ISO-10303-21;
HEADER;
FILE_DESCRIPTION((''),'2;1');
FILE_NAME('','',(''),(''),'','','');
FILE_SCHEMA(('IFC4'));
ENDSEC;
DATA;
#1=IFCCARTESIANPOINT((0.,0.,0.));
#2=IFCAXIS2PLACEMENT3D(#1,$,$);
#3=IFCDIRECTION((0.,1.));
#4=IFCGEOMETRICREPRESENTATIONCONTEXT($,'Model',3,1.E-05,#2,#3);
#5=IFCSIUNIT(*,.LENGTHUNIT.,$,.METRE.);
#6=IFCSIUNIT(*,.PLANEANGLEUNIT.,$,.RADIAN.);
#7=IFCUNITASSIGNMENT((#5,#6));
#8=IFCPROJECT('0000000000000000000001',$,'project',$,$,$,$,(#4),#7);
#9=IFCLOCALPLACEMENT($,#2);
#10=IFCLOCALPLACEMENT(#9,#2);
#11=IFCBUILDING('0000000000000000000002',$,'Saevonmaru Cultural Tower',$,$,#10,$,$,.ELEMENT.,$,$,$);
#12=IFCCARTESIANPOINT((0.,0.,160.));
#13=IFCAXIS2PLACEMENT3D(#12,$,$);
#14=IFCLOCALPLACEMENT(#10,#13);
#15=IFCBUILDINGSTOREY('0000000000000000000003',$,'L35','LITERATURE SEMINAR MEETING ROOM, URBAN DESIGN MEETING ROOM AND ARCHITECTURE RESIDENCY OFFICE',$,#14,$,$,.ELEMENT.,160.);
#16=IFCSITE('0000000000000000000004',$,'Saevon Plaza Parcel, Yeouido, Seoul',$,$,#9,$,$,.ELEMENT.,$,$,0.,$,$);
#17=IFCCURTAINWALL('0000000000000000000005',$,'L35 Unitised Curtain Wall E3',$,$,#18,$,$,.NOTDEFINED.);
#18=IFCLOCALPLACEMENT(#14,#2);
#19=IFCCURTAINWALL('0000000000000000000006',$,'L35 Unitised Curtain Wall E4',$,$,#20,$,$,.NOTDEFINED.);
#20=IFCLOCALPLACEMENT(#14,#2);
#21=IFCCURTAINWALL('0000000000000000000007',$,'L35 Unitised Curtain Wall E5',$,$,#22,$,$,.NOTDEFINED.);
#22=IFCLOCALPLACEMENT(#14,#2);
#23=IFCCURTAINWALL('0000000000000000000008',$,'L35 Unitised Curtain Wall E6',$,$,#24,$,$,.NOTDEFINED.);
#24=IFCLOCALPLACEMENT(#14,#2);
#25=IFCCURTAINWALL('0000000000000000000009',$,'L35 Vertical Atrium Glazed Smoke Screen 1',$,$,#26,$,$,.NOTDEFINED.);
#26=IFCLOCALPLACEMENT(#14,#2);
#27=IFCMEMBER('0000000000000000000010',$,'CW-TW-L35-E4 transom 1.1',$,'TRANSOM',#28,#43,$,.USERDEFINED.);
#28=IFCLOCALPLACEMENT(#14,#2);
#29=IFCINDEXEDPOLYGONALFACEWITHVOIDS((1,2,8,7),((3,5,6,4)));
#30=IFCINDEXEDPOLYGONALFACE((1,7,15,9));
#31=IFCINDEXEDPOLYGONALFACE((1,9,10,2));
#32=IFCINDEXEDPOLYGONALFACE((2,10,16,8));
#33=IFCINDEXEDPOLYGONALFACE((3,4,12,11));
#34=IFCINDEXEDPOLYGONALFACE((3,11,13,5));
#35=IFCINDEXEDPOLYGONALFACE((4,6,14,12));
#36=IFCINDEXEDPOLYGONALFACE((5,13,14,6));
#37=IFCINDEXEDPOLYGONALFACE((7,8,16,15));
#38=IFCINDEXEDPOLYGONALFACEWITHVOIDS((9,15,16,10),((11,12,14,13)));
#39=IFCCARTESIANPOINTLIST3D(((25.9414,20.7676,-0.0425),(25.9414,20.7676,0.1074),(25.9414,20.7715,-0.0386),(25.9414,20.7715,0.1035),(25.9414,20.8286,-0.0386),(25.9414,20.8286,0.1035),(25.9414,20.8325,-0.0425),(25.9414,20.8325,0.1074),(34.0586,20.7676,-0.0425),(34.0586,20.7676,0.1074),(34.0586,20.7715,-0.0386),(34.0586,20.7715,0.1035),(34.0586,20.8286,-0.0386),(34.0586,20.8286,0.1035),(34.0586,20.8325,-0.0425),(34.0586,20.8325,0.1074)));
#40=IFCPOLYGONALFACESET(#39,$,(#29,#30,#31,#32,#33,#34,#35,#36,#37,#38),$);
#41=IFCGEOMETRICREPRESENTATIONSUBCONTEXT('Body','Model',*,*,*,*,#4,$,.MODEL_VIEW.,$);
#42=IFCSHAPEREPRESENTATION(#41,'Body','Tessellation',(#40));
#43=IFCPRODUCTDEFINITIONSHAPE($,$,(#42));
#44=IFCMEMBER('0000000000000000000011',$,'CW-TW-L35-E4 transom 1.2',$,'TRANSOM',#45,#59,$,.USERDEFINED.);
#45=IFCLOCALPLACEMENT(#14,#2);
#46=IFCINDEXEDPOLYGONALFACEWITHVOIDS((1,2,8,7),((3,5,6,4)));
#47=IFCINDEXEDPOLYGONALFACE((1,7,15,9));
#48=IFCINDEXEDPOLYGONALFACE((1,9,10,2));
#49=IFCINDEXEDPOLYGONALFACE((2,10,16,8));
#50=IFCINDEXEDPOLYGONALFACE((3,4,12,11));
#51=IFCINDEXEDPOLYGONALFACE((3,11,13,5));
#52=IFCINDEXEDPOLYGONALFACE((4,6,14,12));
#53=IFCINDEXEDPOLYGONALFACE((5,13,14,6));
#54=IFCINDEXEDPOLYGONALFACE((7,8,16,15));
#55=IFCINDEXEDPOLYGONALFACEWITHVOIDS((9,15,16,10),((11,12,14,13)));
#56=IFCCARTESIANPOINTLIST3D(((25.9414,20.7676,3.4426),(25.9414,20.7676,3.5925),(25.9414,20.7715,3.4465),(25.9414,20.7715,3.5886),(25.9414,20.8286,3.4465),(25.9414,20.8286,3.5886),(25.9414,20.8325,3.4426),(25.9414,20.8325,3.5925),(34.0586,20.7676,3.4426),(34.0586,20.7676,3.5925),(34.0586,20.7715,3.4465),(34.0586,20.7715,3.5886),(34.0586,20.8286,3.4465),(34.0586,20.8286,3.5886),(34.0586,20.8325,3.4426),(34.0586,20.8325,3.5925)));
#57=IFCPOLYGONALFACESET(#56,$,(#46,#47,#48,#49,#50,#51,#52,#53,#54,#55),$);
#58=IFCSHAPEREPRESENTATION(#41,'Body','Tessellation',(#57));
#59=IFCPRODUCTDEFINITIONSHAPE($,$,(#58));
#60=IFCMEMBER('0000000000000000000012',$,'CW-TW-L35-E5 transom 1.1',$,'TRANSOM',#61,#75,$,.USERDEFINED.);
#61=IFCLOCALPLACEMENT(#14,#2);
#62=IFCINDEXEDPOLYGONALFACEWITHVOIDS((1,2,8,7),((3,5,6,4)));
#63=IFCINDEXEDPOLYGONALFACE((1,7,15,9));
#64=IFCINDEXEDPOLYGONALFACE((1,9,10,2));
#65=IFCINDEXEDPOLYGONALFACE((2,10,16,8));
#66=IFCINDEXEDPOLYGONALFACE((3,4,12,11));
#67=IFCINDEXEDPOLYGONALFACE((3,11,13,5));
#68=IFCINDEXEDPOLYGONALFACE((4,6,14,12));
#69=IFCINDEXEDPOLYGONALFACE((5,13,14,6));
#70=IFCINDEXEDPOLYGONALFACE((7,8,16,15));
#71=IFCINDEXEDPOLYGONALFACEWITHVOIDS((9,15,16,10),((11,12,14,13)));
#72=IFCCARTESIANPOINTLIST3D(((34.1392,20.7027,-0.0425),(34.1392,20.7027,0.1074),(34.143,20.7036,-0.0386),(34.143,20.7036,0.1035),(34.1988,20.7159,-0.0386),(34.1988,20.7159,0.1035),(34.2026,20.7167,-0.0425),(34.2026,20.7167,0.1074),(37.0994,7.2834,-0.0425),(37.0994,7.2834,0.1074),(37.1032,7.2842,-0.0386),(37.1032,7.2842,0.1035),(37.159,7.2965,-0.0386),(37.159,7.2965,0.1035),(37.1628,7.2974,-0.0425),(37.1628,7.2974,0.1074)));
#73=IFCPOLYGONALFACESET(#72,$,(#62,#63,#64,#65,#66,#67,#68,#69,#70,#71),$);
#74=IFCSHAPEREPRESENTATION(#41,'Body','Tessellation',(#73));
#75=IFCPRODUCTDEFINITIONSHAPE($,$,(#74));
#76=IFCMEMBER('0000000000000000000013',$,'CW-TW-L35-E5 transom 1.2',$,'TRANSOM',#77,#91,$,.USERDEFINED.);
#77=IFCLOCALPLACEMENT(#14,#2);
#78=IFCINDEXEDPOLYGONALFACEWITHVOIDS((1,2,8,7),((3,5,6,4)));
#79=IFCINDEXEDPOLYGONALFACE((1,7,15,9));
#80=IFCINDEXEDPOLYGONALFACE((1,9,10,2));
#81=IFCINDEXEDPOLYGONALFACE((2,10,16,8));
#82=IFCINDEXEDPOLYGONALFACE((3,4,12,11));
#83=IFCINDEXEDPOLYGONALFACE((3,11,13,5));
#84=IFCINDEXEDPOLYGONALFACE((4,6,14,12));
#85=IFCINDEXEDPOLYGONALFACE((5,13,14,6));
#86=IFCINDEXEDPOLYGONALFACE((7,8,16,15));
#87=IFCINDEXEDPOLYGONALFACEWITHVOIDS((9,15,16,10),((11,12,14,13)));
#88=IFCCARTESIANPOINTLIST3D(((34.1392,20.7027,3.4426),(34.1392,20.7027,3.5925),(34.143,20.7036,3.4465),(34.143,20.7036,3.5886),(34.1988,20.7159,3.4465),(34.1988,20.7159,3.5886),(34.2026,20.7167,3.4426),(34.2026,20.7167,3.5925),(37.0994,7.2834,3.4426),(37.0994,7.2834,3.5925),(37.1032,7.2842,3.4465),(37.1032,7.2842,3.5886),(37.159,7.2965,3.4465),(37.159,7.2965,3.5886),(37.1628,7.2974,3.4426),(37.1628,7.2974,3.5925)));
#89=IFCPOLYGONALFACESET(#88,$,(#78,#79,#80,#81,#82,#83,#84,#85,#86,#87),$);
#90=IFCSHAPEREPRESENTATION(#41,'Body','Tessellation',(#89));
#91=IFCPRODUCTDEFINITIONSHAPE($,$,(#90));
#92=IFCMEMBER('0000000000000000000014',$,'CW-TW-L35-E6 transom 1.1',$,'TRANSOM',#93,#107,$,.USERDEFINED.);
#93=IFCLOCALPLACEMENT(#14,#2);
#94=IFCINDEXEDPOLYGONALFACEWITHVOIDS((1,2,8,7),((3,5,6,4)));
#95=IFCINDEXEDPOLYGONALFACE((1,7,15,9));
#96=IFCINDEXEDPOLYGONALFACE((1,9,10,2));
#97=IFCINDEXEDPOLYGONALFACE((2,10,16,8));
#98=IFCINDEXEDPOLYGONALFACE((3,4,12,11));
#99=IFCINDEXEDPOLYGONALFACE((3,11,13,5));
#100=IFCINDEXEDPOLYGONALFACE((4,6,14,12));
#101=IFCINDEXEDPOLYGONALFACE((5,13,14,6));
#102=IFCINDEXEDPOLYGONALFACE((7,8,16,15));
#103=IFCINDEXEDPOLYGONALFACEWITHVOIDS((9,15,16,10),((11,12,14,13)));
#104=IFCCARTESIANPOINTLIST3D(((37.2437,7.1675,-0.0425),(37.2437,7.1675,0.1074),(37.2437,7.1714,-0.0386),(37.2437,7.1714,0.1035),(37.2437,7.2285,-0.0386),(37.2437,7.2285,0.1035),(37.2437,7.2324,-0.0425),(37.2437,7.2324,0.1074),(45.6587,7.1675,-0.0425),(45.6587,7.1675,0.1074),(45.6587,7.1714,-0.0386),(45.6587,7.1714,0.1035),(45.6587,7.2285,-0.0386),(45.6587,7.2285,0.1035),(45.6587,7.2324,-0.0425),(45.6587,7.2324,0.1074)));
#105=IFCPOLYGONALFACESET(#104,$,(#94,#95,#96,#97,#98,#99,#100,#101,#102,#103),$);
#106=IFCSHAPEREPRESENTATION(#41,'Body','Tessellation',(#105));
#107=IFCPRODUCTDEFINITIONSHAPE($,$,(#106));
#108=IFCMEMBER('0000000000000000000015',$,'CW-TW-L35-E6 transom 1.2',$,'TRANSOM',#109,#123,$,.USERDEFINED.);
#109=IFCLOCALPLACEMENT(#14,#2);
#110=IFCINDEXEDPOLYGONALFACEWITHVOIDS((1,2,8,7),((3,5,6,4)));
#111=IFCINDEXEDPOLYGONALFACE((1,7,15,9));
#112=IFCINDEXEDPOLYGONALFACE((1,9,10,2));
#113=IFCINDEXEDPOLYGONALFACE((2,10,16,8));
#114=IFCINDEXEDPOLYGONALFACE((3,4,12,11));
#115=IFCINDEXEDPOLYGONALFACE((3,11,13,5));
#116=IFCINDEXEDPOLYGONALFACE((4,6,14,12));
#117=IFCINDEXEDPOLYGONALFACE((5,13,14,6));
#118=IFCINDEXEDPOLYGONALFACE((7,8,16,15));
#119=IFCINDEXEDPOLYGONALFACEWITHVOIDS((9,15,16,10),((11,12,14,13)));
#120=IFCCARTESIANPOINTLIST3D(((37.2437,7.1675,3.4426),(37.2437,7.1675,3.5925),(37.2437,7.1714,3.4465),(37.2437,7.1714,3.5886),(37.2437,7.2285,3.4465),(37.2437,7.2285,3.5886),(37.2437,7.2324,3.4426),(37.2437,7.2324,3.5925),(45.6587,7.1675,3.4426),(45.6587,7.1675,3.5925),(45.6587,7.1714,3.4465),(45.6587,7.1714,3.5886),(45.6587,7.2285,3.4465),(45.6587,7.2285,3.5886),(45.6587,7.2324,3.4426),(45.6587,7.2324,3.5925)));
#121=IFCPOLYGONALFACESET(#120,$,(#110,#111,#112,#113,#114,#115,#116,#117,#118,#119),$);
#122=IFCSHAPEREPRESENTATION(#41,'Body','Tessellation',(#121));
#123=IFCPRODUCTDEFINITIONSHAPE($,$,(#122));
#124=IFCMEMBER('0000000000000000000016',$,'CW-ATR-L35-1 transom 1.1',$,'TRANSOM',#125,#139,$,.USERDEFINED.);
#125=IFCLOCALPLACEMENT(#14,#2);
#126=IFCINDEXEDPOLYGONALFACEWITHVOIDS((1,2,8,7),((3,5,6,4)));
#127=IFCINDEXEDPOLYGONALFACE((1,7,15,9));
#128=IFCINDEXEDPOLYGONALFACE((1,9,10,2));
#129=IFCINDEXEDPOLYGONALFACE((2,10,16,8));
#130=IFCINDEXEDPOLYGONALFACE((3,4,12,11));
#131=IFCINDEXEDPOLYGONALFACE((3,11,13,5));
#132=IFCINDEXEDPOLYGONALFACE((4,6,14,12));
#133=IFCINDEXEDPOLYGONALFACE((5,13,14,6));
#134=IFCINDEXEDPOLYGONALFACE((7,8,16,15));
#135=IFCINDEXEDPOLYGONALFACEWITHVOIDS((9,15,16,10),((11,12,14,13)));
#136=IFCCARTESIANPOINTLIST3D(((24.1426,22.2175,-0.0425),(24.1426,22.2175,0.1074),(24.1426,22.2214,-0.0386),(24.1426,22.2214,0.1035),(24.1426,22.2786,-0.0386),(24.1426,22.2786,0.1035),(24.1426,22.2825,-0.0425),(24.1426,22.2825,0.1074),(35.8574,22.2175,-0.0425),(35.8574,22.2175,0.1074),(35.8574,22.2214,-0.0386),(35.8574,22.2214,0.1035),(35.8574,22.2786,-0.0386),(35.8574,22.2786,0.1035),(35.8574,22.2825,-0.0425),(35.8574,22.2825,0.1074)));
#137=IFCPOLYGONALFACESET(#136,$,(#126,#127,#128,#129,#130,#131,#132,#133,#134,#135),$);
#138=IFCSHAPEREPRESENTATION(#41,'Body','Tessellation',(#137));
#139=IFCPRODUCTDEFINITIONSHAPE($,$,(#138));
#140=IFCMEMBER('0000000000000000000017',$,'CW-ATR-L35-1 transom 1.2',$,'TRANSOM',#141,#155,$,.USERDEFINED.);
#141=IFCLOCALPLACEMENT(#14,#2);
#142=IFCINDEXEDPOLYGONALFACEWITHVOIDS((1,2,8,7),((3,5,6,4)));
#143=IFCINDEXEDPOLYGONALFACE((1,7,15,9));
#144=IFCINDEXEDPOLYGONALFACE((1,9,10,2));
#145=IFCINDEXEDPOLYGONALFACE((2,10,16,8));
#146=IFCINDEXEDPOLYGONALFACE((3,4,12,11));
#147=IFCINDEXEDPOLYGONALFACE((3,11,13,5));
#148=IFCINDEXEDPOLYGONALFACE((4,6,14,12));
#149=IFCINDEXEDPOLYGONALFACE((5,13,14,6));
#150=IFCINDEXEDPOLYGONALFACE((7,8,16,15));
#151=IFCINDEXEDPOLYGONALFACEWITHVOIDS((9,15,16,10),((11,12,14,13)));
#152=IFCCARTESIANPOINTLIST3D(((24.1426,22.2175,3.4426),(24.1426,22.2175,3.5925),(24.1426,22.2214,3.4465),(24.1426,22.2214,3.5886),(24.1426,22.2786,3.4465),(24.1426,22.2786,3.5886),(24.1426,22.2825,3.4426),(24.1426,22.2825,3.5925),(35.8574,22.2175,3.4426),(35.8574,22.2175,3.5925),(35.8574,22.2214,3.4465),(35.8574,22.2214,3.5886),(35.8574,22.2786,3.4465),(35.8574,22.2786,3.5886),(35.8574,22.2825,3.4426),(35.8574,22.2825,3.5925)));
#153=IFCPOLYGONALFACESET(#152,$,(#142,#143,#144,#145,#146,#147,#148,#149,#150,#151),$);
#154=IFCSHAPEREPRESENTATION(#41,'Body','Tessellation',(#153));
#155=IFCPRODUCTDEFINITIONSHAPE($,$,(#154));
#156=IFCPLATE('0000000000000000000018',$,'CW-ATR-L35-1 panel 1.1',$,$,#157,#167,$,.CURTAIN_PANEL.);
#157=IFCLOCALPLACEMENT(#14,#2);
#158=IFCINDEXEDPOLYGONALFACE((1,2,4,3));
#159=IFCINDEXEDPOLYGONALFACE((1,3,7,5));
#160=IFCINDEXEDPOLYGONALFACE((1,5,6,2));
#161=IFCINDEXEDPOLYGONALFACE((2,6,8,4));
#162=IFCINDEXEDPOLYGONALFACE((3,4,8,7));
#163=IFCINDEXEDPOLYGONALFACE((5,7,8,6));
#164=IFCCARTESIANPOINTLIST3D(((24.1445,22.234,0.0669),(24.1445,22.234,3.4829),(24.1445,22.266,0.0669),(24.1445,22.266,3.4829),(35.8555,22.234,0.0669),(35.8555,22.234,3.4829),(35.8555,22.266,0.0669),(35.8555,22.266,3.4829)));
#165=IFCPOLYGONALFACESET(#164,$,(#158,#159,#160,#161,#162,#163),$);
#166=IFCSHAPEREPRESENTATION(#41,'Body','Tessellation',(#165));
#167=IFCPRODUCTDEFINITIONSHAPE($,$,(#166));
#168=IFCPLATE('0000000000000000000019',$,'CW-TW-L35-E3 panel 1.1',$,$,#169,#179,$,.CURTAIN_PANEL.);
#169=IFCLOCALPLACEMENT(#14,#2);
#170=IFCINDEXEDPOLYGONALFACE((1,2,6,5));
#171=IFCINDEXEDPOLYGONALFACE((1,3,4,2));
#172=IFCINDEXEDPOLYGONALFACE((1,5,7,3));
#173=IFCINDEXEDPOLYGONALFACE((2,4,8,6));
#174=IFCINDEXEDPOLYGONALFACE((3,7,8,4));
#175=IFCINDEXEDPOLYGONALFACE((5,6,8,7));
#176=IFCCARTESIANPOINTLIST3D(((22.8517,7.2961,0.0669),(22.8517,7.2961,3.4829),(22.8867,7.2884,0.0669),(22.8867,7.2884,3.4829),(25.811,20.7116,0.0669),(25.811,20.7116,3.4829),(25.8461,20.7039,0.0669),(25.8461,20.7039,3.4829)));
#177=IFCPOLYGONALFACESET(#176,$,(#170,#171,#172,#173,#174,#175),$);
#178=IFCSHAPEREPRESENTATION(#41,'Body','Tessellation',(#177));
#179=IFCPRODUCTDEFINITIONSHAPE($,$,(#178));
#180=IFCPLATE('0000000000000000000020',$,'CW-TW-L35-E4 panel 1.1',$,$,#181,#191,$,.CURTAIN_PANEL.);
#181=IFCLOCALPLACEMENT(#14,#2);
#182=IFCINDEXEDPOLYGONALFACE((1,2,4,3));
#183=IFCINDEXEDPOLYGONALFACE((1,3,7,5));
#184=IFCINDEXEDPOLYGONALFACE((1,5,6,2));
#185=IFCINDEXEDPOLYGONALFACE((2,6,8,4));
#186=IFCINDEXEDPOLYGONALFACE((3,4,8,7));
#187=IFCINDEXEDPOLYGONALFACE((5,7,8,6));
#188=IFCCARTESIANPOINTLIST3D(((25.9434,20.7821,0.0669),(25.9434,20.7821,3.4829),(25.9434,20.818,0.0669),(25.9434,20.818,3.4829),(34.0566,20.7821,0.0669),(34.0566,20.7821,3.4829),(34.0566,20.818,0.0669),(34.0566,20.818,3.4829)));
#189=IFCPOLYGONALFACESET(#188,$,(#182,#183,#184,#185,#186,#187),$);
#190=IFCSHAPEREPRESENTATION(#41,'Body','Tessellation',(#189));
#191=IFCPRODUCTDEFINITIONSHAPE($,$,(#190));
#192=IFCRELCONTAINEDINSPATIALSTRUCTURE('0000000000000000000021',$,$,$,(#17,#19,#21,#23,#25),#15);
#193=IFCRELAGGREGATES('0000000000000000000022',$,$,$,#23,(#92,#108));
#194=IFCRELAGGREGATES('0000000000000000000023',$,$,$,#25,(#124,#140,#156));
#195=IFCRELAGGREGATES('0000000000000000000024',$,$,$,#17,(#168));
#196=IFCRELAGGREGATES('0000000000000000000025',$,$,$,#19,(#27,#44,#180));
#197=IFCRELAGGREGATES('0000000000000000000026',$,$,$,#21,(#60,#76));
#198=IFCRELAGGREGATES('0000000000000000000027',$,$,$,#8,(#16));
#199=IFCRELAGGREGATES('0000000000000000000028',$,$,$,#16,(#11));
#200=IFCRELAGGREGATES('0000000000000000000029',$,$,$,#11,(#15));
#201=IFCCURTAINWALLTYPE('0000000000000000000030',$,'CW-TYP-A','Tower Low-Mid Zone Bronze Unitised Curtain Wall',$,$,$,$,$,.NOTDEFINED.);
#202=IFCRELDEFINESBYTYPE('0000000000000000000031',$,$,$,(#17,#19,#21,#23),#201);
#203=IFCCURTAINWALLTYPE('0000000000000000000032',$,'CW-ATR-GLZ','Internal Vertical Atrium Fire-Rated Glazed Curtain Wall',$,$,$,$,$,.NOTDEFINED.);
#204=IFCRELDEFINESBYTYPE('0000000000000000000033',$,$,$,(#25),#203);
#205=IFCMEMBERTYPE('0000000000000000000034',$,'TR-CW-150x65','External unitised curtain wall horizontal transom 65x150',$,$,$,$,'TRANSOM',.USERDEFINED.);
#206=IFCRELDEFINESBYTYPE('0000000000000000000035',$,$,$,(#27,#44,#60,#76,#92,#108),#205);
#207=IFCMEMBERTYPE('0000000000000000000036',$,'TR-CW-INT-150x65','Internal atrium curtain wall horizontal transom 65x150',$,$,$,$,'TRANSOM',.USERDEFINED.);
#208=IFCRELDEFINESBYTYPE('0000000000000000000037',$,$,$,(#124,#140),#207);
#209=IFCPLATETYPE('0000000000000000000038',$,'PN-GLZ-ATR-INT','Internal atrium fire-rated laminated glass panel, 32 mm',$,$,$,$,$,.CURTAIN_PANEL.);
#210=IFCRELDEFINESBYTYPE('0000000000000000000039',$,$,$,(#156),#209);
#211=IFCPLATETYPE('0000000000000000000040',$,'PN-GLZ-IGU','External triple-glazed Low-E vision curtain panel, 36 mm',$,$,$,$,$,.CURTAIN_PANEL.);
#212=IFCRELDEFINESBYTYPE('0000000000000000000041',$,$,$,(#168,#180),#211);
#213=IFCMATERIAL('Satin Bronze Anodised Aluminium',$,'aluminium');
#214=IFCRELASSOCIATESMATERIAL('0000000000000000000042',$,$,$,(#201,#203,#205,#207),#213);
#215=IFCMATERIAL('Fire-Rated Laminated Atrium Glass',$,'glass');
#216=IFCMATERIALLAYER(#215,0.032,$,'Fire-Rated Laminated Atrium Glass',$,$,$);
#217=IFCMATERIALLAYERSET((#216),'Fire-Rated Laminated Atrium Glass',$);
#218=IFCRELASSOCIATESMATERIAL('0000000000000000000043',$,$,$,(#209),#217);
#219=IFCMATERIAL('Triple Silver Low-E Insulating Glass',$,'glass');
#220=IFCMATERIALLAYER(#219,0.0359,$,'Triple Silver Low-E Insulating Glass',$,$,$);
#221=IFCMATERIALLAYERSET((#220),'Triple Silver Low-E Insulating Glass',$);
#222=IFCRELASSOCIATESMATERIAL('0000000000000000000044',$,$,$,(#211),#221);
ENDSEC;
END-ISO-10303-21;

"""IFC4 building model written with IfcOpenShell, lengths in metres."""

from ifc_helpers import new_model, si_unit, direction, frame, origin, origin_2d, place, context, subcontext, project, spatial, rectangle, hollow_rectangle, extrude, material, layer, layer_set, material_profile, profile_set, type_object, element, aggregate, save


model = new_model("IFC4")

# Units and contexts
model_context = context("Model", 3, precision=1e-05, world=origin(), true_north=direction((0.0, 1.0)))
body_context = subcontext(model_context, "Body", "Model", "MODEL_VIEW")
ifc_project = project(units=[si_unit("LENGTHUNIT", "METRE"), si_unit("PLANEANGLEUNIT", "RADIAN")], contexts=[model_context])

# Site, building, storey
site_placement = place(None, origin())
site = spatial("IfcSite", under=ifc_project, at=site_placement, Name="Saevon Plaza Parcel, Yeouido, Seoul", CompositionType="ELEMENT", RefElevation=0.0)
building_placement = place(site_placement, origin())
building = spatial("IfcBuilding", under=site, at=building_placement, Name="Saevonmaru Cultural Tower", CompositionType="ELEMENT")
storey_placement = place(building_placement, frame((0.0, 0.0, 160.0)))
storey = spatial("IfcBuildingStorey", under=building, at=storey_placement, Name="L35", Description="LITERATURE SEMINAR MEETING ROOM, URBAN DESIGN MEETING ROOM AND ARCHITECTURE RESIDENCY OFFICE", CompositionType="ELEMENT", Elevation=160.0)

# Curtain wall
ifc_material_1 = material(Name="Satin Bronze Anodised Aluminium", Category="aluminium")
curtain_wall_type_1 = type_object("IfcCurtainWallType", Name="CW-TYP-A", Description="Tower Low-Mid Zone Bronze Unitised Curtain Wall", PredefinedType="NOTDEFINED", material=ifc_material_1)
curtain_wall_1_placement = place(storey_placement, origin())
curtain_wall_1 = element("IfcCurtainWall", 1, at=curtain_wall_1_placement, inside=storey, type_object=curtain_wall_type_1, Name="L35 Unitised Curtain Wall E3", PredefinedType="NOTDEFINED")

# Curtain walls
curtain_wall_2_placement = place(storey_placement, origin())
curtain_wall_2 = element("IfcCurtainWall", 2, at=curtain_wall_2_placement, inside=storey, type_object=curtain_wall_type_1, Name="L35 Unitised Curtain Wall E4", PredefinedType="NOTDEFINED")
curtain_wall_3_placement = place(storey_placement, origin())
curtain_wall_3 = element("IfcCurtainWall", 3, at=curtain_wall_3_placement, inside=storey, type_object=curtain_wall_type_1, Name="L35 Unitised Curtain Wall E5", PredefinedType="NOTDEFINED")

# Curtain walls
curtain_wall_4_placement = place(storey_placement, origin())
curtain_wall_4 = element("IfcCurtainWall", 4, at=curtain_wall_4_placement, inside=storey, type_object=curtain_wall_type_1, Name="L35 Unitised Curtain Wall E6", PredefinedType="NOTDEFINED")
curtain_wall_type_2 = type_object("IfcCurtainWallType", Name="CW-ATR-GLZ", Description="Internal Vertical Atrium Fire-Rated Glazed Curtain Wall", PredefinedType="NOTDEFINED", material=ifc_material_1)
curtain_wall_5_placement = place(storey_placement, origin())
curtain_wall_5 = element("IfcCurtainWall", 5, at=curtain_wall_5_placement, inside=storey, type_object=curtain_wall_type_2, Name="L35 Vertical Atrium Glazed Smoke Screen 1", PredefinedType="NOTDEFINED")

# Members
ifc_material_profile_1 = material_profile(ifc_material_1, hollow_rectangle(XDim=0.0649, YDim=0.1499, WallThickness=0.0039, at=origin_2d()), Name="ALU-TRAN-150x65x4")
ifc_profile_set_1 = profile_set([ifc_material_profile_1], Name="Satin Bronze Anodised Aluminium")
member_type_1 = type_object("IfcMemberType", Name="TR-CW-150x65", Description="External unitised curtain wall horizontal transom 65x150", ElementType="TRANSOM", PredefinedType="USERDEFINED", material=ifc_profile_set_1)
member_1_placement = place(storey_placement, frame((25.9414, 20.8, 0.0325), z_axis=(1.0, 0.0, 0.0), x_axis=(0.0, 1.0, 0.0)))
member_1 = element("IfcMember", 6, at=member_1_placement, type_object=member_type_1, Name="CW-TW-L35-E4 transom 1.1", ObjectType="TRANSOM", PredefinedType="USERDEFINED", context=body_context, shape_type="SweptSolid", body=[
    extrude(hollow_rectangle(XDim=0.0649, YDim=0.1499, WallThickness=0.0039, at=origin_2d()), origin(), (0.0, 0.0, 1.0), 8.1172),
])
member_2_placement = place(storey_placement, frame((25.9414, 20.8, 3.5176), z_axis=(1.0, 0.0, 0.0), x_axis=(0.0, 1.0, 0.0)))
member_2 = element("IfcMember", 7, at=member_2_placement, type_object=member_type_1, Name="CW-TW-L35-E4 transom 1.2", ObjectType="TRANSOM", PredefinedType="USERDEFINED", context=body_context, shape_type="SweptSolid", body=[
    extrude(hollow_rectangle(XDim=0.0649, YDim=0.1499, WallThickness=0.0039, at=origin_2d()), origin(), (0.0, 0.0, 1.0), 8.1172),
])
member_3_placement = place(storey_placement, frame((34.1709, 20.7097, 0.0325), z_axis=(0.215412, -0.976523, 0.0), x_axis=(0.976523, 0.215412, 0.0)))
member_3 = element("IfcMember", 8, at=member_3_placement, type_object=member_type_1, Name="CW-TW-L35-E5 transom 1.1", ObjectType="TRANSOM", PredefinedType="USERDEFINED", context=body_context, shape_type="SweptSolid", body=[
    extrude(hollow_rectangle(XDim=0.0649, YDim=0.1499, WallThickness=0.0039, at=origin_2d()), origin(), (0.0, 0.0, 1.0), 13.7419),
])
member_4_placement = place(storey_placement, frame((34.1709, 20.7097, 3.5176), z_axis=(0.215412, -0.976523, 0.0), x_axis=(0.976523, 0.215412, 0.0)))
member_4 = element("IfcMember", 9, at=member_4_placement, type_object=member_type_1, Name="CW-TW-L35-E5 transom 1.2", ObjectType="TRANSOM", PredefinedType="USERDEFINED", context=body_context, shape_type="SweptSolid", body=[
    extrude(hollow_rectangle(XDim=0.0649, YDim=0.1499, WallThickness=0.0039, at=origin_2d()), origin(), (0.0, 0.0, 1.0), 13.7419),
])
member_5_placement = place(storey_placement, frame((37.2437, 7.2, 0.0325), z_axis=(1.0, 0.0, 0.0), x_axis=(0.0, 1.0, 0.0)))
member_5 = element("IfcMember", 10, at=member_5_placement, type_object=member_type_1, Name="CW-TW-L35-E6 transom 1.1", ObjectType="TRANSOM", PredefinedType="USERDEFINED", context=body_context, shape_type="SweptSolid", body=[
    extrude(hollow_rectangle(XDim=0.0649, YDim=0.1499, WallThickness=0.0039, at=origin_2d()), origin(), (0.0, 0.0, 1.0), 8.415),
])
member_6_placement = place(storey_placement, frame((37.2437, 7.2, 3.5176), z_axis=(1.0, 0.0, 0.0), x_axis=(0.0, 1.0, 0.0)))
member_6 = element("IfcMember", 11, at=member_6_placement, type_object=member_type_1, Name="CW-TW-L35-E6 transom 1.2", ObjectType="TRANSOM", PredefinedType="USERDEFINED", context=body_context, shape_type="SweptSolid", body=[
    extrude(hollow_rectangle(XDim=0.0649, YDim=0.1499, WallThickness=0.0039, at=origin_2d()), origin(), (0.0, 0.0, 1.0), 8.415),
])
aggregate(curtain_wall_4, [member_5, member_6])
ifc_material_profile_2 = material_profile(ifc_material_1, hollow_rectangle(XDim=0.0649, YDim=0.1499, WallThickness=0.0039, at=origin_2d()), Name="ALU-TRAN-150x65x4")
ifc_profile_set_2 = profile_set([ifc_material_profile_2], Name="Satin Bronze Anodised Aluminium")
member_type_2 = type_object("IfcMemberType", Name="TR-CW-INT-150x65", Description="Internal atrium curtain wall horizontal transom 65x150", ElementType="TRANSOM", PredefinedType="USERDEFINED", material=ifc_profile_set_2)
member_7_placement = place(storey_placement, frame((24.1426, 22.25, 0.0325), z_axis=(1.0, 0.0, 0.0), x_axis=(0.0, 1.0, 0.0)))
member_7 = element("IfcMember", 12, at=member_7_placement, type_object=member_type_2, Name="CW-ATR-L35-1 transom 1.1", ObjectType="TRANSOM", PredefinedType="USERDEFINED", context=body_context, shape_type="SweptSolid", body=[
    extrude(hollow_rectangle(XDim=0.0649, YDim=0.1499, WallThickness=0.0039, at=origin_2d()), origin(), (0.0, 0.0, 1.0), 11.7148),
])
member_8_placement = place(storey_placement, frame((24.1426, 22.25, 3.5176), z_axis=(1.0, 0.0, 0.0), x_axis=(0.0, 1.0, 0.0)))
member_8 = element("IfcMember", 13, at=member_8_placement, type_object=member_type_2, Name="CW-ATR-L35-1 transom 1.2", ObjectType="TRANSOM", PredefinedType="USERDEFINED", context=body_context, shape_type="SweptSolid", body=[
    extrude(hollow_rectangle(XDim=0.0649, YDim=0.1499, WallThickness=0.0039, at=origin_2d()), origin(), (0.0, 0.0, 1.0), 11.7148),
])

# Plates
ifc_material_2 = material(Name="Fire-Rated Laminated Atrium Glass", Category="glass")
ifc_layer_1 = layer(ifc_material_2, 0.032, Name="Fire-Rated Laminated Atrium Glass")
ifc_layer_set_1 = layer_set([ifc_layer_1], Name="Fire-Rated Laminated Atrium Glass")
plate_type_1 = type_object("IfcPlateType", Name="PN-GLZ-ATR-INT", Description="Internal atrium fire-rated laminated glass panel, 32 mm", PredefinedType="CURTAIN_PANEL", material=ifc_layer_set_1)
plate_1_placement = place(storey_placement, frame((30.0, 22.25, 0.0669), z_axis=(0.0, 0.0, 1.0), x_axis=(1.0, 0.0, 0.0)))
plate_1 = element("IfcPlate", 14, at=plate_1_placement, type_object=plate_type_1, Name="CW-ATR-L35-1 panel 1.1", PredefinedType="CURTAIN_PANEL", context=body_context, shape_type="SweptSolid", body=[
    extrude(rectangle(XDim=11.7109, YDim=0.032, at=origin_2d()), origin(), (0.0, 0.0, 1.0), 3.416),
])
aggregate(curtain_wall_5, [member_7, member_8, plate_1])
ifc_material_3 = material(Name="Triple Silver Low-E Insulating Glass", Category="glass")
ifc_layer_2 = layer(ifc_material_3, 0.0359, Name="Triple Silver Low-E Insulating Glass")
ifc_layer_set_2 = layer_set([ifc_layer_2], Name="Triple Silver Low-E Insulating Glass")
plate_type_2 = type_object("IfcPlateType", Name="PN-GLZ-IGU", Description="External triple-glazed Low-E vision curtain panel, 36 mm", PredefinedType="CURTAIN_PANEL", material=ifc_layer_set_2)
plate_2_placement = place(storey_placement, frame((24.3489, 14.0, 0.0669), z_axis=(0.0, 0.0, 1.0), x_axis=(0.215413, 0.976523, 0.0)))
plate_2 = element("IfcPlate", 15, at=plate_2_placement, type_object=plate_type_2, Name="CW-TW-L35-E3 panel 1.1", PredefinedType="CURTAIN_PANEL", context=body_context, shape_type="SweptSolid", body=[
    extrude(rectangle(XDim=13.738, YDim=0.0359, at=origin_2d()), origin(), (0.0, 0.0, 1.0), 3.416),
])
aggregate(curtain_wall_1, [plate_2])
plate_3_placement = place(storey_placement, frame((30.0, 20.8, 0.0669), z_axis=(0.0, 0.0, 1.0), x_axis=(1.0, 0.0, 0.0)))
plate_3 = element("IfcPlate", 16, at=plate_3_placement, type_object=plate_type_2, Name="CW-TW-L35-E4 panel 1.1", PredefinedType="CURTAIN_PANEL", context=body_context, shape_type="SweptSolid", body=[
    extrude(rectangle(XDim=8.1133, YDim=0.0359, at=origin_2d()), origin(), (0.0, 0.0, 1.0), 3.416),
])
aggregate(curtain_wall_2, [member_1, member_2, plate_3])
aggregate(curtain_wall_3, [member_3, member_4])

save(model, "model.ifc")
